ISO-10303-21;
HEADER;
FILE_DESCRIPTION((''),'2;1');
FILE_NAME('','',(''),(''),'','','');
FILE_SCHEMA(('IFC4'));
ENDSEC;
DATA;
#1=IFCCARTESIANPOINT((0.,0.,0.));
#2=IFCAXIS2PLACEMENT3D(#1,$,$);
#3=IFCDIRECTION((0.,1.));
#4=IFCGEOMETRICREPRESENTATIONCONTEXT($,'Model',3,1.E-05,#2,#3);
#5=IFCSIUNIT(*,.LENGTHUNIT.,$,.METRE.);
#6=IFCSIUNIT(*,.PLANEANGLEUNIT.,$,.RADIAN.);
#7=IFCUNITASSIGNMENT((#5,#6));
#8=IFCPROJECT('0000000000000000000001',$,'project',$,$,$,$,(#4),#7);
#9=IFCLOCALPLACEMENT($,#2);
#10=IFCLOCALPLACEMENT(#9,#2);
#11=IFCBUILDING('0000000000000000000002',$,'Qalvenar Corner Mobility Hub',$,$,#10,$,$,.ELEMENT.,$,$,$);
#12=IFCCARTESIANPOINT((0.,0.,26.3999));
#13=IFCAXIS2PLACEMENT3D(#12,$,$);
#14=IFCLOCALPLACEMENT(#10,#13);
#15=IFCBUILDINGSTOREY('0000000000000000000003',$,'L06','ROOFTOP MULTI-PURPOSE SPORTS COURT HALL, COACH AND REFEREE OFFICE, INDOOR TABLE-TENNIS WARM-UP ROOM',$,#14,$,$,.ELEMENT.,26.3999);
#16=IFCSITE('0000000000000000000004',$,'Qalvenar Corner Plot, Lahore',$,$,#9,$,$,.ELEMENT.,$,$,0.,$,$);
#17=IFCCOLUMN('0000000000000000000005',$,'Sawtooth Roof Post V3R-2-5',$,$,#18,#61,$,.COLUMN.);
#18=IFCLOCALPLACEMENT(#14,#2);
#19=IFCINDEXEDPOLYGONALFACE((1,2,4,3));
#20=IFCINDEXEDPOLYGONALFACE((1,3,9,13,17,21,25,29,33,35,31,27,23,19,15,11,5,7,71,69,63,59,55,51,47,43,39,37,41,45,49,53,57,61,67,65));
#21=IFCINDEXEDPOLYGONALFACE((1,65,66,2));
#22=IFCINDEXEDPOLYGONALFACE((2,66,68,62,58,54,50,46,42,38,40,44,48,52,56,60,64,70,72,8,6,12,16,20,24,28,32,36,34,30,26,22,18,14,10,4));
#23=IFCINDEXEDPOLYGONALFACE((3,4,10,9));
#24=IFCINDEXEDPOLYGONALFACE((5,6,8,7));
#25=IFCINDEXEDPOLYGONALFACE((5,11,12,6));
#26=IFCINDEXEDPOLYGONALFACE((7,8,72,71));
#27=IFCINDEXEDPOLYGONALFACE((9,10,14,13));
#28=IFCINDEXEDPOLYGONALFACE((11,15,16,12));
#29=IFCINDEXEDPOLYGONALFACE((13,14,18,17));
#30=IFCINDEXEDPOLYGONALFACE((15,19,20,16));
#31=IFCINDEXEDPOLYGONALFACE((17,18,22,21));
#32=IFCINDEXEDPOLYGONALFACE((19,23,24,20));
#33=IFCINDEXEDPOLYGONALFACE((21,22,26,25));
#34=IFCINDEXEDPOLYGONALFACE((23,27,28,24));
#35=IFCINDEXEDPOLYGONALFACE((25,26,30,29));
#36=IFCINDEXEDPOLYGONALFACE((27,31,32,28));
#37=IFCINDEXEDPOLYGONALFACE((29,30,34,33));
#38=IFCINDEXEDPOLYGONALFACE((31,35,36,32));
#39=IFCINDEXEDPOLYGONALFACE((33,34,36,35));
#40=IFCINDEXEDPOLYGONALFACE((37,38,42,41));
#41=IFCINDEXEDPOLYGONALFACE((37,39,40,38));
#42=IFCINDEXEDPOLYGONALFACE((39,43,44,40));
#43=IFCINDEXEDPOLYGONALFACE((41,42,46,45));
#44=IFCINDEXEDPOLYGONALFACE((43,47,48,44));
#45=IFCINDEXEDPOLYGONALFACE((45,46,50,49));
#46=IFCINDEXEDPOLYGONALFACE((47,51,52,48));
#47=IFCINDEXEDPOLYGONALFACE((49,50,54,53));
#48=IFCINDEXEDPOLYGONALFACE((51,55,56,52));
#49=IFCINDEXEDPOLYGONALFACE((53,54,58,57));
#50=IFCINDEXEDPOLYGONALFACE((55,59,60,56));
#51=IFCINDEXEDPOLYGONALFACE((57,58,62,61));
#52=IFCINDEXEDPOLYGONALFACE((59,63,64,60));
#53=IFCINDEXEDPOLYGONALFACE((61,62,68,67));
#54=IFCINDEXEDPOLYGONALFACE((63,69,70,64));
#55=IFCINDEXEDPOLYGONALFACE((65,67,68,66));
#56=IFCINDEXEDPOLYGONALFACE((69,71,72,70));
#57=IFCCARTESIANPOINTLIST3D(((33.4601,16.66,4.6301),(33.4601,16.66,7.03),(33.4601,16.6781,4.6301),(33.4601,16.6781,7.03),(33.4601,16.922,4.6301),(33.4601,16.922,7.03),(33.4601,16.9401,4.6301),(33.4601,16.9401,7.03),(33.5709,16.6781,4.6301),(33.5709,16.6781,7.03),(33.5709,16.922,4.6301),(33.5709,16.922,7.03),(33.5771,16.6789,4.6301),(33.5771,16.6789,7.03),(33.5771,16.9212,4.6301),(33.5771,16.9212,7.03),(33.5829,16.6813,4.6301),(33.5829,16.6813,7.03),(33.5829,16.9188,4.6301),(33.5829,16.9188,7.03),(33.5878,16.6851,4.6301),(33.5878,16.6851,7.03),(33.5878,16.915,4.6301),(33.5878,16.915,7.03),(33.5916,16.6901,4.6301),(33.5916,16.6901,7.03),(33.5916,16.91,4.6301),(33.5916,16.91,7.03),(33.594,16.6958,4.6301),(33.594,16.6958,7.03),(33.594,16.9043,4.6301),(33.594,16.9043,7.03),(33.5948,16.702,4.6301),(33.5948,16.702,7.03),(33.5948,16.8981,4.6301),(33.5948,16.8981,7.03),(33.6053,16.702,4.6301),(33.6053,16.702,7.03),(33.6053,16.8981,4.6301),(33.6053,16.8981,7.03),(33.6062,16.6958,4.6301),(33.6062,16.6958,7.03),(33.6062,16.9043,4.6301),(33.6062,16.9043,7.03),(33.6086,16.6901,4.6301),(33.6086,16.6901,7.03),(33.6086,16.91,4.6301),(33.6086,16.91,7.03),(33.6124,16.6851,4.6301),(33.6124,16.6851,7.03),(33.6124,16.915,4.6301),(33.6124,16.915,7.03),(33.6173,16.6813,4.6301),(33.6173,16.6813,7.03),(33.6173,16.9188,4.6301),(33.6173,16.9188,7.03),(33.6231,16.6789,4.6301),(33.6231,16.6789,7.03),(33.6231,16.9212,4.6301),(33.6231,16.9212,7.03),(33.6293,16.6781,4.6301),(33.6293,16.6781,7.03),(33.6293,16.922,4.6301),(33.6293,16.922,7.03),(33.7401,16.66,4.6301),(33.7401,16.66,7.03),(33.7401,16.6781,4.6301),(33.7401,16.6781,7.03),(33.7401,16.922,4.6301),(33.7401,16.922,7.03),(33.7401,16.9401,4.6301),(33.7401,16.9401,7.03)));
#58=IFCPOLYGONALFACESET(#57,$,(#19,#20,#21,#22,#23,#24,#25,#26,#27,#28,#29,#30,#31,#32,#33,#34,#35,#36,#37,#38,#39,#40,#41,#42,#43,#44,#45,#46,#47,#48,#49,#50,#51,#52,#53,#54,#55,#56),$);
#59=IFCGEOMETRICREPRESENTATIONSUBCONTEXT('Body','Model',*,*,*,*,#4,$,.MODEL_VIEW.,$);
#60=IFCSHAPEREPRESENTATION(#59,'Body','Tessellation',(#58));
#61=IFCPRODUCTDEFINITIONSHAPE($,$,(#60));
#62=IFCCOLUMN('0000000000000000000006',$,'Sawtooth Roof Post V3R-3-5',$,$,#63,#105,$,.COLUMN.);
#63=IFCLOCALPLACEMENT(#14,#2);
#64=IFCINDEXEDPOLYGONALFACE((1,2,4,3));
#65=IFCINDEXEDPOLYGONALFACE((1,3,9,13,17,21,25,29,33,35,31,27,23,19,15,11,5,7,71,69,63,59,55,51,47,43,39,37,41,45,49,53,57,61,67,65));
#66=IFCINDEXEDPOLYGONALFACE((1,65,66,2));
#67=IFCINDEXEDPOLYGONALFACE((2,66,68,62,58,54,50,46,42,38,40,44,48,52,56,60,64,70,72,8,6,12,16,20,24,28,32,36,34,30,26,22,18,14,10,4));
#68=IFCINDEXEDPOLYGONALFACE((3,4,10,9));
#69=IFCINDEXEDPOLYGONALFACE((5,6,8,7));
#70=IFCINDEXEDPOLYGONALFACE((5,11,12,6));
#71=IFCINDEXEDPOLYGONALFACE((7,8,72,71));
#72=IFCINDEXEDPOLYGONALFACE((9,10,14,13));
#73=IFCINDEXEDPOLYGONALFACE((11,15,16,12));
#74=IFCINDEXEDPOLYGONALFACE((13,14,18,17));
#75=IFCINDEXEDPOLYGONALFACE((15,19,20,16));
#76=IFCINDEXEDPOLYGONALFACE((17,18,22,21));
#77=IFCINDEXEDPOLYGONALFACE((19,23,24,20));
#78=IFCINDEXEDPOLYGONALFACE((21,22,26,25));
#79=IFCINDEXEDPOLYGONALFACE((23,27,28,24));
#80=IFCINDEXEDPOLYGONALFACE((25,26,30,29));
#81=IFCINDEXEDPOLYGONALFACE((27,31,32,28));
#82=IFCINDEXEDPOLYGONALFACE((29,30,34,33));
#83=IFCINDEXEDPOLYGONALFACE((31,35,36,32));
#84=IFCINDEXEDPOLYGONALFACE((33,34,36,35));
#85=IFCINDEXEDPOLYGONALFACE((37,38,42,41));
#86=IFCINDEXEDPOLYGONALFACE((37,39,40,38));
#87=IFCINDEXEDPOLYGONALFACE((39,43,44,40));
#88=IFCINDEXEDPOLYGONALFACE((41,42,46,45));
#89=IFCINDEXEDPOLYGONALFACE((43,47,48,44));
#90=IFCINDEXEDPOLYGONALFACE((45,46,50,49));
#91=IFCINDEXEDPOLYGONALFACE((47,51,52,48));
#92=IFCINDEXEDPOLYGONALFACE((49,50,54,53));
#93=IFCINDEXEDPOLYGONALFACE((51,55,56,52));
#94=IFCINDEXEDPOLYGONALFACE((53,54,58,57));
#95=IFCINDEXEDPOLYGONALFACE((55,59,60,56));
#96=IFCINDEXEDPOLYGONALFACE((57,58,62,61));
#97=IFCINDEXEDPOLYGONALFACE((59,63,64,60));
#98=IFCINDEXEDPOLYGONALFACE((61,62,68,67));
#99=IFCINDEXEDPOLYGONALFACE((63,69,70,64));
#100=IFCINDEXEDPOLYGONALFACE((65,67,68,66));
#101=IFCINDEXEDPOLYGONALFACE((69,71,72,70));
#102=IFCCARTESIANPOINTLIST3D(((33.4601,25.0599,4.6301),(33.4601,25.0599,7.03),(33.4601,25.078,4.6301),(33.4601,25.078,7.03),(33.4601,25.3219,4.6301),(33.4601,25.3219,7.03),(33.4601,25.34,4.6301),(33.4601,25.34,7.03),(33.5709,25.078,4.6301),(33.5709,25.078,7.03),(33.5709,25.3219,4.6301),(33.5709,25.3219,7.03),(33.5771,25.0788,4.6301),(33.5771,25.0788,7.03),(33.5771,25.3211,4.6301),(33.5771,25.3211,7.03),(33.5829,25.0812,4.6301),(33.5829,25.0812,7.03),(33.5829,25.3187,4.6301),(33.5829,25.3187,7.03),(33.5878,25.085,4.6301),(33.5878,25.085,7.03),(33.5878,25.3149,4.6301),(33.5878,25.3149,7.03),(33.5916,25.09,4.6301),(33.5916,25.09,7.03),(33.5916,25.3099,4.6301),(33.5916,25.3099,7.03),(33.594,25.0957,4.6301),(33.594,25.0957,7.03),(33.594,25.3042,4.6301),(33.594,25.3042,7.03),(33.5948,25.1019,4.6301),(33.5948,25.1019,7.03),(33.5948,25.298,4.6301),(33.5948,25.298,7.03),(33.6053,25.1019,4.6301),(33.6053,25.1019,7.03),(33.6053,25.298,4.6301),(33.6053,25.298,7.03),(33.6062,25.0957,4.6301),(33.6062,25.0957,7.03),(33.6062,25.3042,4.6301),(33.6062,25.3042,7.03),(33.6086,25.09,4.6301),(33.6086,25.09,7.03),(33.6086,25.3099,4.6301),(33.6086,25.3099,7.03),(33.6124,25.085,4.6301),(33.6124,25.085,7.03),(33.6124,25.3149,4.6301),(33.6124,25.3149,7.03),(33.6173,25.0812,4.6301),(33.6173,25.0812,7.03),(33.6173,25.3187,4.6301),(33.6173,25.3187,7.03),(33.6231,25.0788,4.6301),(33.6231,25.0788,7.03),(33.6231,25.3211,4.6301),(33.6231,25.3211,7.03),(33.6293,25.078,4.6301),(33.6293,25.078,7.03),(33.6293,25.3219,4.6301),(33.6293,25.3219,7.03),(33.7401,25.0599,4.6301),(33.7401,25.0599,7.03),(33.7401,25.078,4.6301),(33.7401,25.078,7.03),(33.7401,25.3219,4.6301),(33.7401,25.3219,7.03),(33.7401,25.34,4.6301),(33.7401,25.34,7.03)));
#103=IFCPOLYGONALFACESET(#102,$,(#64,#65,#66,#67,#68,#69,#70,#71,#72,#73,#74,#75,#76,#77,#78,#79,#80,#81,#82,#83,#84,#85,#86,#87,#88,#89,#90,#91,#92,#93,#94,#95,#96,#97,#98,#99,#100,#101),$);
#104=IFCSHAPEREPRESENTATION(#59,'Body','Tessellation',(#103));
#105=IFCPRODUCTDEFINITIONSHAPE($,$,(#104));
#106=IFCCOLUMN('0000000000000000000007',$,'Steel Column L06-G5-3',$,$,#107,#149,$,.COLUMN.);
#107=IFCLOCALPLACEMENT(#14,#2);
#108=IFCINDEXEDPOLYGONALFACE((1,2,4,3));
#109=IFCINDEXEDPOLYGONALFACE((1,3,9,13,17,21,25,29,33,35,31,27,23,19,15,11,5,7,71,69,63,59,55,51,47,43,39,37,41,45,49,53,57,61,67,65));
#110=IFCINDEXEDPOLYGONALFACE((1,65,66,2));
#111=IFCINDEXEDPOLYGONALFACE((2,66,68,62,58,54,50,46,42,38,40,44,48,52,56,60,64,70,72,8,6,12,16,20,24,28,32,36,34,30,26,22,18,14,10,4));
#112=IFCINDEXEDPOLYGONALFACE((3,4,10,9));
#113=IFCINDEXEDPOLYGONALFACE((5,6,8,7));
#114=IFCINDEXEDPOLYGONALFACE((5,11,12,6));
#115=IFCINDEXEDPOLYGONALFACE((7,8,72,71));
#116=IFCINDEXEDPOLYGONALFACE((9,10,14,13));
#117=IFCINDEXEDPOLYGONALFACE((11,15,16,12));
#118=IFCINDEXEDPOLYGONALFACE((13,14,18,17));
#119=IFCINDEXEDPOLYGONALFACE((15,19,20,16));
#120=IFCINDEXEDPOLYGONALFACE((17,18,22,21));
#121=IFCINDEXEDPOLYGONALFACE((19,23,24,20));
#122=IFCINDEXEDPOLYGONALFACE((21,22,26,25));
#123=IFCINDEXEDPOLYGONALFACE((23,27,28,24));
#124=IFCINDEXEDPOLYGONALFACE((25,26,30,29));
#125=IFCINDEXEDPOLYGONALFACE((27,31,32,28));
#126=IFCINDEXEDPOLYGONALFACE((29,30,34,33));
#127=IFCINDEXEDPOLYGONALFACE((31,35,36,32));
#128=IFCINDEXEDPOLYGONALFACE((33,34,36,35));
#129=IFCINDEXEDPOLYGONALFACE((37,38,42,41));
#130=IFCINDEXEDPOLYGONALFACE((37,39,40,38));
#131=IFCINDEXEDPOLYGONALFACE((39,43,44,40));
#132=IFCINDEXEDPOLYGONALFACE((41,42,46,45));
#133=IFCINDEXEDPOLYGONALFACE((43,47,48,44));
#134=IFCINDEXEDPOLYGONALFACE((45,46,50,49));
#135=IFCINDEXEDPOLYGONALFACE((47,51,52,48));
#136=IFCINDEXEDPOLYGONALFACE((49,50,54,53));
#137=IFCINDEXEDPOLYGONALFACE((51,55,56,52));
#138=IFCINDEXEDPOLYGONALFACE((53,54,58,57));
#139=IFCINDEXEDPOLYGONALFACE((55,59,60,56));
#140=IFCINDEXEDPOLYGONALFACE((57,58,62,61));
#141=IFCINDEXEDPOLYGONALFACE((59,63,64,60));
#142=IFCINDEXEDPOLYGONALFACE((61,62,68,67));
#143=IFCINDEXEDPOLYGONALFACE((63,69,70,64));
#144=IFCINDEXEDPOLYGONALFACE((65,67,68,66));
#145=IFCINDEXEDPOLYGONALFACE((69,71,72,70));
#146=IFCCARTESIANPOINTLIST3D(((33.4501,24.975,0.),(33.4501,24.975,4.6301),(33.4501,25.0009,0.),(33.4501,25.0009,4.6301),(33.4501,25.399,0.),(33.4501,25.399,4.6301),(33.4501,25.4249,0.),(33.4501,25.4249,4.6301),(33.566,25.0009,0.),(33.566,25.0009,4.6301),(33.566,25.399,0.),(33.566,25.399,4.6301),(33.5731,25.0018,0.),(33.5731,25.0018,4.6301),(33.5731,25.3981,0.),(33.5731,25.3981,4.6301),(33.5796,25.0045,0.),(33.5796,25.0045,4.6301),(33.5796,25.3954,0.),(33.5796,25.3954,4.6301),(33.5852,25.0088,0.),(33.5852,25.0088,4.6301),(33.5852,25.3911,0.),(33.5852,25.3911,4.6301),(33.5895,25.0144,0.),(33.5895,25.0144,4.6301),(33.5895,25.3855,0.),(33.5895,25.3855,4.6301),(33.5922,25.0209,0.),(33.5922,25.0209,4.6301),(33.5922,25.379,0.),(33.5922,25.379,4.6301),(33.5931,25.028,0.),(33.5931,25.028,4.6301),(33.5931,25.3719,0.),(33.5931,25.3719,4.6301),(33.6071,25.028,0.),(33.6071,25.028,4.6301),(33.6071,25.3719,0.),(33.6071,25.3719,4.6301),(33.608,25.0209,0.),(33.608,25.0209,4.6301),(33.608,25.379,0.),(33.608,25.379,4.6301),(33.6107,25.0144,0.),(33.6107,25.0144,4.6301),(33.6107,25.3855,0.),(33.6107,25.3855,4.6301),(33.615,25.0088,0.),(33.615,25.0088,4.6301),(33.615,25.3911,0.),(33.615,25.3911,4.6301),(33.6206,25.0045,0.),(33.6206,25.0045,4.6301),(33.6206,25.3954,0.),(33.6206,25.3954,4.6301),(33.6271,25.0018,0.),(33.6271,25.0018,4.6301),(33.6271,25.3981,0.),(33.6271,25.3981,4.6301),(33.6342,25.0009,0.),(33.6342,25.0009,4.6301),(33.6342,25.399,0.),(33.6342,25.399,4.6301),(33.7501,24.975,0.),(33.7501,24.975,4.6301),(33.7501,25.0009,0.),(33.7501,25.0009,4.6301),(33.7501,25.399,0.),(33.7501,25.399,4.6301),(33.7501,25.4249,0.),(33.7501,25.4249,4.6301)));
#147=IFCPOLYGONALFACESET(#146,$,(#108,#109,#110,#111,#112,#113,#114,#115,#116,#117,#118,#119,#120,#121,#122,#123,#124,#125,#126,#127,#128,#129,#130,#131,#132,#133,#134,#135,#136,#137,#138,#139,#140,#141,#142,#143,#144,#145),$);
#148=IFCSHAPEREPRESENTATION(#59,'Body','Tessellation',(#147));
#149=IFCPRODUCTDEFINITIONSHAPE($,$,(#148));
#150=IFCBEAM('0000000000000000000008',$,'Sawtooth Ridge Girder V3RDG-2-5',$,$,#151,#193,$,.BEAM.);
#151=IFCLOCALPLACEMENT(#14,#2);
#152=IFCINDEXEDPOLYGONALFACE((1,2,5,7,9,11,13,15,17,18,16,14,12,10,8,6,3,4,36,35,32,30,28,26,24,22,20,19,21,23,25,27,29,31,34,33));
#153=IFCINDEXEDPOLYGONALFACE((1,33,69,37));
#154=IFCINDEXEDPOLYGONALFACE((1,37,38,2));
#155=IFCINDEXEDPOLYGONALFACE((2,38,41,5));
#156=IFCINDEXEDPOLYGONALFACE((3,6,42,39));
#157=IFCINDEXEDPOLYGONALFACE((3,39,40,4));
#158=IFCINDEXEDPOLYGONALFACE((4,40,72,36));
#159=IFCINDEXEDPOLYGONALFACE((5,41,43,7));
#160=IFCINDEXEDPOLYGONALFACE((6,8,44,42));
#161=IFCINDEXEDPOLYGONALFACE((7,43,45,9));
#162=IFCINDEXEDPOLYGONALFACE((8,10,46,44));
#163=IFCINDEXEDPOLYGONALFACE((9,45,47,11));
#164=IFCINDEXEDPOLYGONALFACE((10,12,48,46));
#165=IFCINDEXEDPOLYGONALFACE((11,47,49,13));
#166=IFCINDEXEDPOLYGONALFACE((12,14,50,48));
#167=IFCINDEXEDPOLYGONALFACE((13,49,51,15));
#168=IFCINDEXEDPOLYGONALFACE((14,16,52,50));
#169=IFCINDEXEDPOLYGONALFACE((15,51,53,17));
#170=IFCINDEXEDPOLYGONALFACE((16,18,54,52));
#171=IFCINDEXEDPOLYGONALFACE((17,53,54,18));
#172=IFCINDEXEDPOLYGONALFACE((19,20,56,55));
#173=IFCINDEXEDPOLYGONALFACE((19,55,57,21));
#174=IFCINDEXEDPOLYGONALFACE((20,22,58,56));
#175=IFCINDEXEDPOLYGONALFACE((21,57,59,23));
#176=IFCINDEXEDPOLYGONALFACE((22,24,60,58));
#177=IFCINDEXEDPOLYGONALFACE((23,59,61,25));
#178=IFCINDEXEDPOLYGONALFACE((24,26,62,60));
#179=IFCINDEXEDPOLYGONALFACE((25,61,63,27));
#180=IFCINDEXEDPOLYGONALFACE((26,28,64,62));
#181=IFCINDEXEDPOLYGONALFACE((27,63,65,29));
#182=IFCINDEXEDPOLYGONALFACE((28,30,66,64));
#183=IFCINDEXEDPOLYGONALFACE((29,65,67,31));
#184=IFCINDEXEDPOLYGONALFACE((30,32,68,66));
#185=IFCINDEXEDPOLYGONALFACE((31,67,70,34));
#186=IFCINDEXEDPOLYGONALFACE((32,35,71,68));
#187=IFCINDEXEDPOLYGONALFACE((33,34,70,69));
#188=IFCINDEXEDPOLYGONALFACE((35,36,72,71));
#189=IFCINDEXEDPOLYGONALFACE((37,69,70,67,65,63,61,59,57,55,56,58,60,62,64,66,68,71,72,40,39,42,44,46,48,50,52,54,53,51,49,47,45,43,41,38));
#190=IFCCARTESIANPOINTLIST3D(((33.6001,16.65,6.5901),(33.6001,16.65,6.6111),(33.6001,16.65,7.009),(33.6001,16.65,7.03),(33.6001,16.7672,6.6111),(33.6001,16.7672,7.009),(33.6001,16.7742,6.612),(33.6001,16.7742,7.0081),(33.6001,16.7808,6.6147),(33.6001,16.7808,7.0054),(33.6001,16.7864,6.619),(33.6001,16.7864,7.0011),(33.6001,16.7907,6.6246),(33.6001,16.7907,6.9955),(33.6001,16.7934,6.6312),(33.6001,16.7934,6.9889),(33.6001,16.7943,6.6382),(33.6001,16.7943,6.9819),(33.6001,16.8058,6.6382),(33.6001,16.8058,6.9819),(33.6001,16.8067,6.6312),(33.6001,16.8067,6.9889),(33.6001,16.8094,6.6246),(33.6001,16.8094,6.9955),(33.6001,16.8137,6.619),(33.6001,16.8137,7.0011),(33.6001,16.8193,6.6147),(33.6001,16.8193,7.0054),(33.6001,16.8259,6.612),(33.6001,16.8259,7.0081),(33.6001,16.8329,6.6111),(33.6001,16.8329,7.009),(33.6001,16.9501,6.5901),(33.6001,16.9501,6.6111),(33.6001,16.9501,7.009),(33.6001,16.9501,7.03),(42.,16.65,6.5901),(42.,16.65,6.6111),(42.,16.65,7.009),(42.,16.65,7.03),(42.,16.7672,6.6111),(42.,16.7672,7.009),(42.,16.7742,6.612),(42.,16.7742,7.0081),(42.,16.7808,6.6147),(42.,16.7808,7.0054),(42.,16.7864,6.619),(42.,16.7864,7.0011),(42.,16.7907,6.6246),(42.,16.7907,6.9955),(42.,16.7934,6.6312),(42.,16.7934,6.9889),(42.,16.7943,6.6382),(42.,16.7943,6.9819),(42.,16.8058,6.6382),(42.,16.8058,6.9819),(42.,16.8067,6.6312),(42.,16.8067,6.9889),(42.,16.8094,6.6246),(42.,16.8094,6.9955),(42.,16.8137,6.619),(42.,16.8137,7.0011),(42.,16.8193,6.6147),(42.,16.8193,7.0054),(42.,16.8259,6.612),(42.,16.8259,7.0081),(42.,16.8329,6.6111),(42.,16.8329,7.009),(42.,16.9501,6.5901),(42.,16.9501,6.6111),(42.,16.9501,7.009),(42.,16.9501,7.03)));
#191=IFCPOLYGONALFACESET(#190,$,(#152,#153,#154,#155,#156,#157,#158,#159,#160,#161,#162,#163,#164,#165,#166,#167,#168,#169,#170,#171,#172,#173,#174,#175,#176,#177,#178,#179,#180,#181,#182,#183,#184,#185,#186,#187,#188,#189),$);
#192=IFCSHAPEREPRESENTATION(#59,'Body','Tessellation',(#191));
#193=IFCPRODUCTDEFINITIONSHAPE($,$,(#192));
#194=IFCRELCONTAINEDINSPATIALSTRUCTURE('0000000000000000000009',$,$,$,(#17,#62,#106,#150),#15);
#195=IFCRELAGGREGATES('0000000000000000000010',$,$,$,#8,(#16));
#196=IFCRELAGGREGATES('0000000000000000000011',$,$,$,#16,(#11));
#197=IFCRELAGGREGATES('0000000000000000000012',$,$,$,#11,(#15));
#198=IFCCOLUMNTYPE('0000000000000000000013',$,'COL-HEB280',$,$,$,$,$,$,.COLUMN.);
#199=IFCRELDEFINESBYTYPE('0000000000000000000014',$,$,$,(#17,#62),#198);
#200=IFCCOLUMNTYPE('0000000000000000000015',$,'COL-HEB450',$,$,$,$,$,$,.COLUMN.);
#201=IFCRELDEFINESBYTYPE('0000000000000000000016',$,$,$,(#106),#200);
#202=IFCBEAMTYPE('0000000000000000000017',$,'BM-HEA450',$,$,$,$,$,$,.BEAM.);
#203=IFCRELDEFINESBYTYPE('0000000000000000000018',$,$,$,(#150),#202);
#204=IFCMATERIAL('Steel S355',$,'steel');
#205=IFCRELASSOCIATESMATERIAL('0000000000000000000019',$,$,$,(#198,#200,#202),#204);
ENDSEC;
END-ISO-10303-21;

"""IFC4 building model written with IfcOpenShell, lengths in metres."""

from ifc_helpers import new_model, si_unit, direction, frame, origin, origin_2d, place, context, subcontext, project, spatial, i_section, extrude, material, material_profile, profile_set, type_object, element, save


model = new_model("IFC4")

# Units and contexts
model_context = context("Model", 3, precision=1e-05, world=origin(), true_north=direction((0.0, 1.0)))
body_context = subcontext(model_context, "Body", "Model", "MODEL_VIEW")
ifc_project = project(units=[si_unit("LENGTHUNIT", "METRE"), si_unit("PLANEANGLEUNIT", "RADIAN")], contexts=[model_context])

# Site, building, storey
site_placement = place(None, origin())
site = spatial("IfcSite", under=ifc_project, at=site_placement, Name="Qalvenar Corner Plot, Lahore", CompositionType="ELEMENT", RefElevation=0.0)
building_placement = place(site_placement, origin())
building = spatial("IfcBuilding", under=site, at=building_placement, Name="Qalvenar Corner Mobility Hub", CompositionType="ELEMENT")
storey_placement = place(building_placement, frame((0.0, 0.0, 26.3999)))
storey = spatial("IfcBuildingStorey", under=building, at=storey_placement, Name="L06", Description="ROOFTOP MULTI-PURPOSE SPORTS COURT HALL, COACH AND REFEREE OFFICE, INDOOR TABLE-TENNIS WARM-UP ROOM", CompositionType="ELEMENT", Elevation=26.3999)

# Columns
ifc_material_1 = material(Name="Steel S355", Category="steel")
ifc_material_profile_1 = material_profile(ifc_material_1, i_section(OverallWidth=0.28, OverallDepth=0.28, WebThickness=0.0105, FlangeThickness=0.0181, FilletRadius=0.0239, at=origin_2d()), Name="HEB280")
ifc_profile_set_1 = profile_set([ifc_material_profile_1], Name="Steel S355")
column_type_1 = type_object("IfcColumnType", Name="COL-HEB280", PredefinedType="COLUMN", material=ifc_profile_set_1)
for number, where, z_axis, x_axis, name in (
    (1, (33.6001, 16.8, 4.6301), (0.0, 0.0, 1.0), (1.0, 0.0, 0.0), "Sawtooth Roof Post V3R-2-5"),
    (2, (33.6001, 25.2, 4.6301), (0.0, 0.0, 1.0), (1.0, 0.0, 0.0), "Sawtooth Roof Post V3R-3-5"),
):
    element("IfcColumn", number, at=place(storey_placement, frame(where, z_axis=z_axis, x_axis=x_axis)), inside=storey, type_object=column_type_1, Name=name, PredefinedType="COLUMN", context=body_context, shape_type="SweptSolid", body=[
        extrude(i_section(OverallWidth=0.28, OverallDepth=0.28, WebThickness=0.0105, FlangeThickness=0.0181, FilletRadius=0.0239, at=origin_2d()), origin(), (0.0, 0.0, 1.0), 2.3999),
    ])
ifc_material_profile_2 = material_profile(ifc_material_1, i_section(OverallWidth=0.3, OverallDepth=0.45, WebThickness=0.0139, FlangeThickness=0.0259, FilletRadius=0.0271, at=origin_2d()), Name="HEB450")
ifc_profile_set_2 = profile_set([ifc_material_profile_2], Name="Steel S355")
column_type_2 = type_object("IfcColumnType", Name="COL-HEB450", PredefinedType="COLUMN", material=ifc_profile_set_2)
column_placement = place(storey_placement, frame((33.6001, 25.2, 0.0), z_axis=(0.0, 0.0, 1.0), x_axis=(1.0, 0.0, 0.0)))
element("IfcColumn", 3, at=column_placement, inside=storey, type_object=column_type_2, Name="Steel Column L06-G5-3", PredefinedType="COLUMN", context=body_context, shape_type="SweptSolid", body=[
    extrude(i_section(OverallWidth=0.3, OverallDepth=0.45, WebThickness=0.0139, FlangeThickness=0.0259, FilletRadius=0.0271, at=origin_2d()), origin(), (0.0, 0.0, 1.0), 4.6301),
])

# Beam
ifc_material_profile_3 = material_profile(ifc_material_1, i_section(OverallWidth=0.3, OverallDepth=0.4399, WebThickness=0.0115, FlangeThickness=0.021, FilletRadius=0.0271, at=origin_2d()), Name="HEA450")
ifc_profile_set_3 = profile_set([ifc_material_profile_3], Name="Steel S355")
beam_type_1 = type_object("IfcBeamType", Name="BM-HEA450", PredefinedType="BEAM", material=ifc_profile_set_3)
beam_1_placement = place(storey_placement, frame((33.6001, 16.8, 6.8101), z_axis=(1.0, 0.0, 0.0), x_axis=(0.0, 1.0, 0.0)))
element("IfcBeam", 4, at=beam_1_placement, inside=storey, type_object=beam_type_1, Name="Sawtooth Ridge Girder V3RDG-2-5", PredefinedType="BEAM", context=body_context, shape_type="SweptSolid", body=[
    extrude(i_section(OverallWidth=0.3, OverallDepth=0.4399, WebThickness=0.0115, FlangeThickness=0.021, FilletRadius=0.0271, at=origin_2d()), origin(), (0.0, 0.0, 1.0), 8.3999),
])

save(model, "model.ifc")
